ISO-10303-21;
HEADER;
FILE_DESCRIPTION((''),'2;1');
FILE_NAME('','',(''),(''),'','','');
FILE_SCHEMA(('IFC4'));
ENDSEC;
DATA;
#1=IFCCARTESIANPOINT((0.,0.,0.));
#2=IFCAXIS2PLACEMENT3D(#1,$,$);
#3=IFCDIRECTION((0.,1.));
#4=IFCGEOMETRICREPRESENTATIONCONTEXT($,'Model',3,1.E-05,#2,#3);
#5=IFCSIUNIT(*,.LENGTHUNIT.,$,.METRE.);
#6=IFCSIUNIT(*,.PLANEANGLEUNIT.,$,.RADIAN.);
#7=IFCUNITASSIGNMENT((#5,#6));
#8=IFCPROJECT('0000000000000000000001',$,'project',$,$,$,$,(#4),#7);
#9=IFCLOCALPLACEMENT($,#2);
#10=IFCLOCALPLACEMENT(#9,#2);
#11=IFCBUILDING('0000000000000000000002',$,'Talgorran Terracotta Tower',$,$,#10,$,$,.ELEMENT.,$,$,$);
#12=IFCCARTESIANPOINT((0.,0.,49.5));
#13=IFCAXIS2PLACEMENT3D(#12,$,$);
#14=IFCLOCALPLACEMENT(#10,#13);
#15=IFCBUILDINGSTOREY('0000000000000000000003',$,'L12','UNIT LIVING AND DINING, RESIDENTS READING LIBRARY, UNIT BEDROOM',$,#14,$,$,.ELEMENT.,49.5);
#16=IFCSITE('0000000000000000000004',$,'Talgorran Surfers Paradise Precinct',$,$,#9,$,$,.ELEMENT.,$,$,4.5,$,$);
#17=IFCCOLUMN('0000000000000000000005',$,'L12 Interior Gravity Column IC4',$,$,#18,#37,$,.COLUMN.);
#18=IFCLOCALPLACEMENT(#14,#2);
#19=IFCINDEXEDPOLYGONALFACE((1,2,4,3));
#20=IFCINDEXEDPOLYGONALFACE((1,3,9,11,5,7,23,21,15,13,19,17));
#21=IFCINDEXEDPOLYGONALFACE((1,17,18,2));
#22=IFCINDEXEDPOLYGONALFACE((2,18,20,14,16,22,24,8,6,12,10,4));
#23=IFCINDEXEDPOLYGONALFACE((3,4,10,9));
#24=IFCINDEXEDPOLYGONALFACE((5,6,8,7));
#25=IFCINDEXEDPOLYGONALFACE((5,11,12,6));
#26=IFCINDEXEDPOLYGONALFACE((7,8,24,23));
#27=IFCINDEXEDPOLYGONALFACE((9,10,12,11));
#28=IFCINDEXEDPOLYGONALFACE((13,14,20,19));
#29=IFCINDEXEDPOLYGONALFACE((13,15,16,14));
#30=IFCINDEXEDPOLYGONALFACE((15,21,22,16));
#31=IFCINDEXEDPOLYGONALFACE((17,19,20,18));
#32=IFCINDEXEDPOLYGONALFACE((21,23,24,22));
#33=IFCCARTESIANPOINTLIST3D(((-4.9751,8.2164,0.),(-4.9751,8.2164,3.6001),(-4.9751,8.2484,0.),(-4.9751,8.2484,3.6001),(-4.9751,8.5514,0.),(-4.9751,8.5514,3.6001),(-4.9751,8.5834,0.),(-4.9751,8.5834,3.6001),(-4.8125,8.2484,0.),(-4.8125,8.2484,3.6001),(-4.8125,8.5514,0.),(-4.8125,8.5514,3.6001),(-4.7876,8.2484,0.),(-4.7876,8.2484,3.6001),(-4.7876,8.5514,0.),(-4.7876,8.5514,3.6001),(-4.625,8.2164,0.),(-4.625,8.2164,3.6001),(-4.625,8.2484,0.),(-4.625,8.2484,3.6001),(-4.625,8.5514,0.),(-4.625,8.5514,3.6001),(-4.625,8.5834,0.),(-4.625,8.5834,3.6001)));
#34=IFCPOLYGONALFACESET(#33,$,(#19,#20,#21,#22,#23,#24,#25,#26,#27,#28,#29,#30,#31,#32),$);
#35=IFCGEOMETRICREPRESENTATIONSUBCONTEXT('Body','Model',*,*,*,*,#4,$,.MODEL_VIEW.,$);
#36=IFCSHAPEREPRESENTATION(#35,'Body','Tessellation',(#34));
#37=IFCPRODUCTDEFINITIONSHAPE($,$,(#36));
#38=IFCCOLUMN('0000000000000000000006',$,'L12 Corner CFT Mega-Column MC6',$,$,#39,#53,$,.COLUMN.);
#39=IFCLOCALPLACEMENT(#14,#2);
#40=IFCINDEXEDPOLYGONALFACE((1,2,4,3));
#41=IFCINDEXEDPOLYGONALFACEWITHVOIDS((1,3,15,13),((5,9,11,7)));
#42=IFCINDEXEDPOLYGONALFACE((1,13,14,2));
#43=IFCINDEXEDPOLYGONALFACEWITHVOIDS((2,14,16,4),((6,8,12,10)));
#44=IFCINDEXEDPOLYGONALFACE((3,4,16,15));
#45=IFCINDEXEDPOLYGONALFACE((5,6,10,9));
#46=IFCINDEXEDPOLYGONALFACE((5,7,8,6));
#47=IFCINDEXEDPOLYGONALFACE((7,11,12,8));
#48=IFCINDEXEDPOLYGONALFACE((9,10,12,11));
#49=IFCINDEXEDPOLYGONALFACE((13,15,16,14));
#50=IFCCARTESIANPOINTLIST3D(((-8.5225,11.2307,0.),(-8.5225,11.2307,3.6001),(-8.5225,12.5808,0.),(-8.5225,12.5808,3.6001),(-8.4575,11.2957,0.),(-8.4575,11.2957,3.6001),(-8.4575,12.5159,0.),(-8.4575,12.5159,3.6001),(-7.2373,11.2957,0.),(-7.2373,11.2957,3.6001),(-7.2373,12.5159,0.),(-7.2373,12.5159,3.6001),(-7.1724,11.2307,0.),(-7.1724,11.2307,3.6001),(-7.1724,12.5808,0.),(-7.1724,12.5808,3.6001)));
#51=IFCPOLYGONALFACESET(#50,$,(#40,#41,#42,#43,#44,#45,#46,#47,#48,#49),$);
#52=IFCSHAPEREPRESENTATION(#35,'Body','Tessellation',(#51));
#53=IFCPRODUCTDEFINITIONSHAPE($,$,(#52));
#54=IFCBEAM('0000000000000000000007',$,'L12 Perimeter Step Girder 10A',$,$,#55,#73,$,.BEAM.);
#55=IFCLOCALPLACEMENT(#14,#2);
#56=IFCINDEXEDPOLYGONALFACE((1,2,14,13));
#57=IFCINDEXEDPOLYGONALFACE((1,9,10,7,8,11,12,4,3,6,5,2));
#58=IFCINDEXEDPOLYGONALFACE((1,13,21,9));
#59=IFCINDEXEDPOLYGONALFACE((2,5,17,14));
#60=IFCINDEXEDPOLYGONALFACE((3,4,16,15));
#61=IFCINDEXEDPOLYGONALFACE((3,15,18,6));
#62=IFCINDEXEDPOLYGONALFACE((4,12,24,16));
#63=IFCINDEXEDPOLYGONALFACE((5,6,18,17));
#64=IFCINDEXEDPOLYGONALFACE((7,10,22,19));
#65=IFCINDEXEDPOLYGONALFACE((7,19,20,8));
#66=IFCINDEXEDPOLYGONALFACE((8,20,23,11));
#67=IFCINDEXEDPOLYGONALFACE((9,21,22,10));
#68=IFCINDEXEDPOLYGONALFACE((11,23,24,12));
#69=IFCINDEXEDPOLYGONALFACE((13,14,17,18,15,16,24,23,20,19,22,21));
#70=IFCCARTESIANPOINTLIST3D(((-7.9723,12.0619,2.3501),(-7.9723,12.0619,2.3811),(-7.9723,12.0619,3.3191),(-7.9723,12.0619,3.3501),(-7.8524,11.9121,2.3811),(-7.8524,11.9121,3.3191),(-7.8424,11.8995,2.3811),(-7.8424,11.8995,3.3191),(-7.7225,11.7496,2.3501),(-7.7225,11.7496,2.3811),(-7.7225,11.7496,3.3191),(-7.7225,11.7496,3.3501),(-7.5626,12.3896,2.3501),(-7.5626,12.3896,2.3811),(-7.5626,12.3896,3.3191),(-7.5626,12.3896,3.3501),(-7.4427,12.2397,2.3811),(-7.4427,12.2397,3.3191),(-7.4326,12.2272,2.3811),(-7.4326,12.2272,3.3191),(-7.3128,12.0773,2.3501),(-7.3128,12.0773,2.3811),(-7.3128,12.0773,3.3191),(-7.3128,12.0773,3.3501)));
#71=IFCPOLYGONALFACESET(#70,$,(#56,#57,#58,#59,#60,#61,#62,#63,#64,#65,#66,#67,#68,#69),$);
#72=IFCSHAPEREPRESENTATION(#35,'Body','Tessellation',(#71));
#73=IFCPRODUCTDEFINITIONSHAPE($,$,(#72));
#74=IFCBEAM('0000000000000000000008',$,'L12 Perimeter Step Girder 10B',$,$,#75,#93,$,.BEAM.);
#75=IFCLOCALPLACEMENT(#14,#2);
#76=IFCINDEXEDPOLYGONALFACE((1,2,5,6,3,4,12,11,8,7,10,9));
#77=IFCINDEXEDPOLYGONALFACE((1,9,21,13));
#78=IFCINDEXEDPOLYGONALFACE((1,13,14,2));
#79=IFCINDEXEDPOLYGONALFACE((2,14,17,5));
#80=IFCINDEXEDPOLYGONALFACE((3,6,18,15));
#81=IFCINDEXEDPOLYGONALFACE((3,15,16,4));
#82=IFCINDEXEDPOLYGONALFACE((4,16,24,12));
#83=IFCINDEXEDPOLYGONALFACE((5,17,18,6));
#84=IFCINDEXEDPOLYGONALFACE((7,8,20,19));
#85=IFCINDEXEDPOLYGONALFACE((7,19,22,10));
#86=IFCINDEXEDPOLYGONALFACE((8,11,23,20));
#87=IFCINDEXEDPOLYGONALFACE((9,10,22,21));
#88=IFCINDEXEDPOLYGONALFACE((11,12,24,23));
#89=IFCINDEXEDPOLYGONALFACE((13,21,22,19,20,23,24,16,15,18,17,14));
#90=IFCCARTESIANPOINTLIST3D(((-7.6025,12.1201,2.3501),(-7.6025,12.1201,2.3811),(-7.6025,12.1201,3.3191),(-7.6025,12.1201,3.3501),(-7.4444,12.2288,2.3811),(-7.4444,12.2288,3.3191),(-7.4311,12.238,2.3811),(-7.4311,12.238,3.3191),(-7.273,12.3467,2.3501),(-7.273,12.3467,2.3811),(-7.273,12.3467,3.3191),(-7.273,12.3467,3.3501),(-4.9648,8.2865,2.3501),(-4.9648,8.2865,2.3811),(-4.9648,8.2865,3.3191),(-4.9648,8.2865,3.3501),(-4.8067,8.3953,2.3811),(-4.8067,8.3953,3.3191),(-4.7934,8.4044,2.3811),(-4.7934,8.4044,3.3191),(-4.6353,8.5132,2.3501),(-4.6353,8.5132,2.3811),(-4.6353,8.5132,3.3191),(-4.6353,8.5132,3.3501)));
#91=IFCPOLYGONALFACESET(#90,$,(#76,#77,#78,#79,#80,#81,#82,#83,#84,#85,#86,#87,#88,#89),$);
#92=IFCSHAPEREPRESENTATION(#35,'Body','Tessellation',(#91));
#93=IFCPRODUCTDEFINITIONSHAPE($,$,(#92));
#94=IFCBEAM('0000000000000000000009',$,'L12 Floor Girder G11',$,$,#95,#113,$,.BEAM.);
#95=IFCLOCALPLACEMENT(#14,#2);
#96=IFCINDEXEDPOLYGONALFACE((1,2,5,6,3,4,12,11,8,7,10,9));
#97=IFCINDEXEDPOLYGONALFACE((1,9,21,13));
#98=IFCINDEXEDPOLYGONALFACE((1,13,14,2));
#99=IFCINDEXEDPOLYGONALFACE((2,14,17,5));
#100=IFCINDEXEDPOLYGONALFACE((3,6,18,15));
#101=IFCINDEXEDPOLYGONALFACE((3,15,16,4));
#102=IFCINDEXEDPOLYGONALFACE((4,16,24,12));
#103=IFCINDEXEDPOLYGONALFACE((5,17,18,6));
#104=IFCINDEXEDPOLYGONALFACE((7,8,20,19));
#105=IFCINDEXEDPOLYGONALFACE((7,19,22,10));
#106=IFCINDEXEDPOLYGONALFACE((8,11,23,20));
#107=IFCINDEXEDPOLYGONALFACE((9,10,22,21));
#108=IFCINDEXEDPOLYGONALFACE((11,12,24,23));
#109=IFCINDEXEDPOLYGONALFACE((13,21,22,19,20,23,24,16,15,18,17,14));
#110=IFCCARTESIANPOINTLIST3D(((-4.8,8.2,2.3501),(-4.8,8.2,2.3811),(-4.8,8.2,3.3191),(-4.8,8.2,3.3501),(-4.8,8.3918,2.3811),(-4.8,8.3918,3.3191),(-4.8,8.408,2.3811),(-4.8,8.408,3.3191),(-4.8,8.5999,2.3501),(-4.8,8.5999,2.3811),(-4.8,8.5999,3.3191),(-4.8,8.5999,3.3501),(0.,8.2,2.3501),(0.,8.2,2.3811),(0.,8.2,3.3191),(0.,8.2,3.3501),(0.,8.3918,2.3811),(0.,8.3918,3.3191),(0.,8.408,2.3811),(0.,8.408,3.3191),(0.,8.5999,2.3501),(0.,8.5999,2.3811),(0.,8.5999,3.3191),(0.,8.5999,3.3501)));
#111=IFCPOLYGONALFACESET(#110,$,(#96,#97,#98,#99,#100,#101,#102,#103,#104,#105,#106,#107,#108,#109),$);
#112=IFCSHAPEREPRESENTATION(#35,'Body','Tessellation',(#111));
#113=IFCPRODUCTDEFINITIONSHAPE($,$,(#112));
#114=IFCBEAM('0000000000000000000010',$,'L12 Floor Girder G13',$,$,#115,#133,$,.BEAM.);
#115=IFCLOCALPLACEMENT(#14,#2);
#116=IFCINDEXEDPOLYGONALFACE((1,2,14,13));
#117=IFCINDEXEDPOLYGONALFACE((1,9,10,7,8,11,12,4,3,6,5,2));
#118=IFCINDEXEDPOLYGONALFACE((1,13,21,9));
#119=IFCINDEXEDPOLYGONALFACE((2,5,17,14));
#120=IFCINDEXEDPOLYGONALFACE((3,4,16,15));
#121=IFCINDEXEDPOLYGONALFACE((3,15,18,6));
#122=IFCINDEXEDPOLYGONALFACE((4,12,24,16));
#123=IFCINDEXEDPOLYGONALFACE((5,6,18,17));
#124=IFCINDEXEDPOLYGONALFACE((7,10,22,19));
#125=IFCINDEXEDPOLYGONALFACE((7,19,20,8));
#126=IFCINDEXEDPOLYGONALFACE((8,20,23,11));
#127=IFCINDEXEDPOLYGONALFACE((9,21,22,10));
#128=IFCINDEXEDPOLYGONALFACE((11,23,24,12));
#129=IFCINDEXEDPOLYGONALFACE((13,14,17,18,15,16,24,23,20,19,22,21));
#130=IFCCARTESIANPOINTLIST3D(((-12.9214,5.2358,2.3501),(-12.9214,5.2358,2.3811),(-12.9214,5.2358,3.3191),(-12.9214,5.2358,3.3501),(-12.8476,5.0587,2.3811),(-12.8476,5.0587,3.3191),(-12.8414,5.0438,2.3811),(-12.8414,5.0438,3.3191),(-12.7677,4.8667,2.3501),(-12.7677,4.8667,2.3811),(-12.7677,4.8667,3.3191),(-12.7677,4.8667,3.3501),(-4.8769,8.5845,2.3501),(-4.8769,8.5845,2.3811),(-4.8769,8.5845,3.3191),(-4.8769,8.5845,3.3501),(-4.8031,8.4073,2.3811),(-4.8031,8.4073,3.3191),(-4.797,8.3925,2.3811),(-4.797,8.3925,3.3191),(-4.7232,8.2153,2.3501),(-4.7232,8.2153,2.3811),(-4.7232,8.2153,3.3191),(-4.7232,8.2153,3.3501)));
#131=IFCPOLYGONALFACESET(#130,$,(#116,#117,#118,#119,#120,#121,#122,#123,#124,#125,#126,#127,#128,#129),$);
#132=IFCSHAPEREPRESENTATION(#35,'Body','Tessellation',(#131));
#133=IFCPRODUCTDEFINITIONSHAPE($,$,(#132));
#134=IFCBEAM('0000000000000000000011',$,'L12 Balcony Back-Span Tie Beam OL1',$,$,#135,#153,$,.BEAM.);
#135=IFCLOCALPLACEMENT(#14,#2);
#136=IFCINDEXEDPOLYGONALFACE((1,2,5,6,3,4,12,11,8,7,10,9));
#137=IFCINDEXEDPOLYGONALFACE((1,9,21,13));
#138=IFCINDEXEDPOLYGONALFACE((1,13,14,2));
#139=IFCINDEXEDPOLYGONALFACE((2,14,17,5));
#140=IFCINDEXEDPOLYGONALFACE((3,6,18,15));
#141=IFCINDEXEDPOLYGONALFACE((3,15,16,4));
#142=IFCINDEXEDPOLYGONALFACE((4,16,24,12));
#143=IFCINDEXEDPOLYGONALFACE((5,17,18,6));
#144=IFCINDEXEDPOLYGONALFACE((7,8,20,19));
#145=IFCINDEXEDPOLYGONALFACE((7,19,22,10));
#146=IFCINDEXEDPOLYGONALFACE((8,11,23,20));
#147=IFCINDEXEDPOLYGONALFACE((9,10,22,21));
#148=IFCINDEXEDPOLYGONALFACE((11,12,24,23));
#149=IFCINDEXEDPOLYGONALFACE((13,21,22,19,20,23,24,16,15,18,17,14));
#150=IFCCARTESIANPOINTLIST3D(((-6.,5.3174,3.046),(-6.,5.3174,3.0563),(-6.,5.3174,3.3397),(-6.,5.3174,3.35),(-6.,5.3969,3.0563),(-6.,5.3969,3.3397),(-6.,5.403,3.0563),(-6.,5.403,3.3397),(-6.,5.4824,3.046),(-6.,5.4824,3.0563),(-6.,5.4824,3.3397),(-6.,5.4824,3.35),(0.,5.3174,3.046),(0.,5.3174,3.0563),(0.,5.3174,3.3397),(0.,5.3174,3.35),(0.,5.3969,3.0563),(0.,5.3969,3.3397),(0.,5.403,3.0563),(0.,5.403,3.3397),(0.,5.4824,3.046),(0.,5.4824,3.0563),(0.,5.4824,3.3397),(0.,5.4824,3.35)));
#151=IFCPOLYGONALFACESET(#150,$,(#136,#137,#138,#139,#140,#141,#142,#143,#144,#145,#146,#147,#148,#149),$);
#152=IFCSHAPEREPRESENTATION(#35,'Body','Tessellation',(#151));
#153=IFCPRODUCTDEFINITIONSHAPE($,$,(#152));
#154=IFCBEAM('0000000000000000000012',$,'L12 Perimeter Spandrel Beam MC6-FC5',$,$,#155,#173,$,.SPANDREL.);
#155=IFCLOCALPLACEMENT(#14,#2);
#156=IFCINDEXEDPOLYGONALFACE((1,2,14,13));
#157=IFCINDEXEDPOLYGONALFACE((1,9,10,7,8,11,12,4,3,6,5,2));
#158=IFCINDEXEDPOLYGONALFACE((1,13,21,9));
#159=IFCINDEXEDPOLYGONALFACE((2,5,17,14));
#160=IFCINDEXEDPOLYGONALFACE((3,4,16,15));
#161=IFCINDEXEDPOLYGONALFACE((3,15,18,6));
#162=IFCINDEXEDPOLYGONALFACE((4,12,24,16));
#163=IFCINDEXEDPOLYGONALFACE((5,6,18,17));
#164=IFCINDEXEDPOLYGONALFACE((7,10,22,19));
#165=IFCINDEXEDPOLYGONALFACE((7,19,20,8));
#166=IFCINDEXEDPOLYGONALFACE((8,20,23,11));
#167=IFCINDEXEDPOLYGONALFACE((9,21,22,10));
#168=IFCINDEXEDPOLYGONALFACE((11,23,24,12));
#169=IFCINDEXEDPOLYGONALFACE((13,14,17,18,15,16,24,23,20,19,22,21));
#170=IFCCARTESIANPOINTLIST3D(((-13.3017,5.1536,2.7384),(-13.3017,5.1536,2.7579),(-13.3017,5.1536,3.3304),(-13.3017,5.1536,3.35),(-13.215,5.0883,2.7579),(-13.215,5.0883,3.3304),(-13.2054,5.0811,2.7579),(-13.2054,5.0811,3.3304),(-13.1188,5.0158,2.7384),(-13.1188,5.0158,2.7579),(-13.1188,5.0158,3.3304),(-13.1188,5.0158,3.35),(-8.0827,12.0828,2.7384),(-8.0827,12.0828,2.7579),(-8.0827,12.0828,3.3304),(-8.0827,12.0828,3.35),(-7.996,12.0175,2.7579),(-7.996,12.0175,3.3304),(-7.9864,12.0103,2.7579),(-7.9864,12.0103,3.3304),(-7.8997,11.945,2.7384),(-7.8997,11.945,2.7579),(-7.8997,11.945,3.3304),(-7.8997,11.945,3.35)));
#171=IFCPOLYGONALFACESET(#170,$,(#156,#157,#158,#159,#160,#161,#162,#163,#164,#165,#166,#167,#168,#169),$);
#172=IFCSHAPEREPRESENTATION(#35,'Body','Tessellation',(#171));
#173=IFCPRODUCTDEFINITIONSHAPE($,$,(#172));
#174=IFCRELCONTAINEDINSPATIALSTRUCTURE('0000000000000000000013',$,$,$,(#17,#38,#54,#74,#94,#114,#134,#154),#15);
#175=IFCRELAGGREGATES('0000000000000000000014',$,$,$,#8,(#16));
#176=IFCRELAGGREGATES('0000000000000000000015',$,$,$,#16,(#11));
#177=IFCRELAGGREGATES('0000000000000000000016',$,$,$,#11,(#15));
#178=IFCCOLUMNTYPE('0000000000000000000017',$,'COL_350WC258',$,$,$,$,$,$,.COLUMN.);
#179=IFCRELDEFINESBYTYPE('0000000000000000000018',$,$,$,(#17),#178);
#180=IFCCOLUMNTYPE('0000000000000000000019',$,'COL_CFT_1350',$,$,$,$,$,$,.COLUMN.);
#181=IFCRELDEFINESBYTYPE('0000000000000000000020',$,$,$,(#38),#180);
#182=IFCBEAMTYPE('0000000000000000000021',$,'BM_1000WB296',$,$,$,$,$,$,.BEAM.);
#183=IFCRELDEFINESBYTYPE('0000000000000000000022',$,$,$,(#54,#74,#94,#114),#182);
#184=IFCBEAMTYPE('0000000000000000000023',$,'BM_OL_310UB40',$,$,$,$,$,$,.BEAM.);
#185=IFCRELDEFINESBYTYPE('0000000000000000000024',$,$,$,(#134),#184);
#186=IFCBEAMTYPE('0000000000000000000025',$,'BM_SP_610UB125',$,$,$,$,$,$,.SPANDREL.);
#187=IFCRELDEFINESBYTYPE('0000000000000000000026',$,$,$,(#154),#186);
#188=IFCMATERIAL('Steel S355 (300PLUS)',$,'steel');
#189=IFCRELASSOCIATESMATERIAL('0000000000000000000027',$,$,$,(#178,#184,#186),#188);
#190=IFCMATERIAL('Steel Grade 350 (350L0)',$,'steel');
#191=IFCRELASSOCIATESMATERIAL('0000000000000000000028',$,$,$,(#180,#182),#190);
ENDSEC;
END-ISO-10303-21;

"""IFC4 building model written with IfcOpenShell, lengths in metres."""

from ifc_helpers import new_model, si_unit, direction, frame, origin, origin_2d, place, context, subcontext, project, spatial, hollow_rectangle, i_section, extrude, material, material_profile, profile_set, type_object, element, save


model = new_model("IFC4")

# Units and contexts
model_context = context("Model", 3, precision=1e-05, world=origin(), true_north=direction((0.0, 1.0)))
body_context = subcontext(model_context, "Body", "Model", "MODEL_VIEW")
ifc_project = project(units=[si_unit("LENGTHUNIT", "METRE"), si_unit("PLANEANGLEUNIT", "RADIAN")], contexts=[model_context])

# Site, building, storey
site_placement = place(None, origin())
site = spatial("IfcSite", under=ifc_project, at=site_placement, Name="Talgorran Surfers Paradise Precinct", CompositionType="ELEMENT", RefElevation=4.5)
building_placement = place(site_placement, origin())
building = spatial("IfcBuilding", under=site, at=building_placement, Name="Talgorran Terracotta Tower", CompositionType="ELEMENT")
storey_placement = place(building_placement, frame((0.0, 0.0, 49.5)))
storey = spatial("IfcBuildingStorey", under=building, at=storey_placement, Name="L12", Description="UNIT LIVING AND DINING, RESIDENTS READING LIBRARY, UNIT BEDROOM", CompositionType="ELEMENT", Elevation=49.5)

# Columns
ifc_material_1 = material(Name="Steel S355 (300PLUS)", Category="steel")
ifc_material_profile_1 = material_profile(ifc_material_1, i_section(OverallWidth=0.3501, OverallDepth=0.3669, WebThickness=0.0249, FlangeThickness=0.032, at=origin_2d()), Name="350WC258")
ifc_profile_set_1 = profile_set([ifc_material_profile_1], Name="Steel S355 (300PLUS)")
column_type_1 = type_object("IfcColumnType", Name="COL_350WC258", PredefinedType="COLUMN", material=ifc_profile_set_1)
column_1_placement = place(storey_placement, frame((-4.8, 8.3999, 0.0), z_axis=(0.0, 0.0, 1.0), x_axis=(1.0, 0.0, 0.0)))
element("IfcColumn", 1, at=column_1_placement, inside=storey, type_object=column_type_1, Name="L12 Interior Gravity Column IC4", PredefinedType="COLUMN", context=body_context, shape_type="SweptSolid", body=[
    extrude(i_section(OverallWidth=0.3501, OverallDepth=0.3669, WebThickness=0.0249, FlangeThickness=0.032, at=origin_2d()), origin(), (0.0, 0.0, 1.0), 3.6001),
])
ifc_material_2 = material(Name="Steel Grade 350 (350L0)", Category="steel")
ifc_material_profile_2 = material_profile(ifc_material_2, hollow_rectangle(XDim=1.3501, YDim=1.3501, WallThickness=0.0649, at=origin_2d()), Name="CFT1350X1350X65")
ifc_profile_set_2 = profile_set([ifc_material_profile_2], Name="Steel Grade 350 (350L0)")
column_type_2 = type_object("IfcColumnType", Name="COL_CFT_1350", PredefinedType="COLUMN", material=ifc_profile_set_2)
column_2_placement = place(storey_placement, frame((-7.8474, 11.9058, 0.0), z_axis=(0.0, 0.0, 1.0), x_axis=(1.0, 0.0, 0.0)))
element("IfcColumn", 2, at=column_2_placement, inside=storey, type_object=column_type_2, Name="L12 Corner CFT Mega-Column MC6", PredefinedType="COLUMN", context=body_context, shape_type="SweptSolid", body=[
    extrude(hollow_rectangle(XDim=1.3501, YDim=1.3501, WallThickness=0.0649, at=origin_2d()), origin(), (0.0, 0.0, 1.0), 3.6001),
])

# Beams
ifc_material_profile_3 = material_profile(ifc_material_2, i_section(OverallWidth=0.3999, OverallDepth=1.0, WebThickness=0.0161, FlangeThickness=0.031, at=origin_2d()), Name="1000WB296")
ifc_profile_set_3 = profile_set([ifc_material_profile_3], Name="Steel Grade 350 (350L0)")
beam_type_1 = type_object("IfcBeamType", Name="BM_1000WB296", PredefinedType="BEAM", material=ifc_profile_set_3)
beam_1_placement = place(storey_placement, frame((-7.8474, 11.9058, 2.8501), z_axis=(0.78096, 0.624582, 0.0), x_axis=(-0.624582, 0.78096, 0.0)))
element("IfcBeam", 3, at=beam_1_placement, inside=storey, type_object=beam_type_1, Name="L12 Perimeter Step Girder 10A", PredefinedType="BEAM", context=body_context, shape_type="SweptSolid", body=[
    extrude(i_section(OverallWidth=0.3999, OverallDepth=1.0, WebThickness=0.0161, FlangeThickness=0.031, at=origin_2d()), origin(), (0.0, 0.0, 1.0), 0.5247),
])
beam_2_placement = place(storey_placement, frame((-7.4377, 12.2334, 2.8501), z_axis=(0.566845, -0.823824, 0.0), x_axis=(0.823824, 0.566845, 0.0)))
element("IfcBeam", 4, at=beam_2_placement, inside=storey, type_object=beam_type_1, Name="L12 Perimeter Step Girder 10B", PredefinedType="BEAM", context=body_context, shape_type="SweptSolid", body=[
    extrude(i_section(OverallWidth=0.3999, OverallDepth=1.0, WebThickness=0.0161, FlangeThickness=0.031, at=origin_2d()), origin(), (0.0, 0.0, 1.0), 4.6533),
])
beam_3_placement = place(storey_placement, frame((-4.8, 8.3999, 2.8501), z_axis=(1.0, 0.0, 0.0), x_axis=(0.0, 1.0, 0.0)))
element("IfcBeam", 5, at=beam_3_placement, inside=storey, type_object=beam_type_1, Name="L12 Floor Girder G11", PredefinedType="BEAM", context=body_context, shape_type="SweptSolid", body=[
    extrude(i_section(OverallWidth=0.3999, OverallDepth=1.0, WebThickness=0.0161, FlangeThickness=0.031, at=origin_2d()), origin(), (0.0, 0.0, 1.0), 4.8),
])
beam_4_placement = place(storey_placement, frame((-4.8, 8.3999, 2.8501), z_axis=(-0.923208, -0.384301, 0.0), x_axis=(0.384301, -0.923208, 0.0)))
element("IfcBeam", 6, at=beam_4_placement, inside=storey, type_object=beam_type_1, Name="L12 Floor Girder G13", PredefinedType="BEAM", context=body_context, shape_type="SweptSolid", body=[
    extrude(i_section(OverallWidth=0.3999, OverallDepth=1.0, WebThickness=0.0161, FlangeThickness=0.031, at=origin_2d()), origin(), (0.0, 0.0, 1.0), 8.7136),
])
ifc_material_profile_4 = material_profile(ifc_material_1, i_section(OverallWidth=0.165, OverallDepth=0.304, WebThickness=0.0061, FlangeThickness=0.0103, at=origin_2d()), Name="310UB40.4")
ifc_profile_set_4 = profile_set([ifc_material_profile_4], Name="Steel S355 (300PLUS)")
beam_type_2 = type_object("IfcBeamType", Name="BM_OL_310UB40", PredefinedType="BEAM", material=ifc_profile_set_4)
beam_5_placement = place(storey_placement, frame((-6.0, 5.3999, 3.198), z_axis=(1.0, 0.0, 0.0), x_axis=(0.0, 1.0, 0.0)))
element("IfcBeam", 7, at=beam_5_placement, inside=storey, type_object=beam_type_2, Name="L12 Balcony Back-Span Tie Beam OL1", PredefinedType="BEAM", context=body_context, shape_type="SweptSolid", body=[
    extrude(i_section(OverallWidth=0.165, OverallDepth=0.304, WebThickness=0.0061, FlangeThickness=0.0103, at=origin_2d()), origin(), (0.0, 0.0, 1.0), 6.0),
])
ifc_material_profile_5 = material_profile(ifc_material_1, i_section(OverallWidth=0.229, OverallDepth=0.6116, WebThickness=0.012, FlangeThickness=0.0195, at=origin_2d()), Name="610UB125")
ifc_profile_set_5 = profile_set([ifc_material_profile_5], Name="Steel S355 (300PLUS)")
beam_type_3 = type_object("IfcBeamType", Name="BM_SP_610UB125", PredefinedType="SPANDREL", material=ifc_profile_set_5)
beam_6_placement = place(storey_placement, frame((-7.9912, 12.0139, 3.0442), z_axis=(-0.601629, -0.798776, 0.0), x_axis=(0.798776, -0.601629, 0.0)))
element("IfcBeam", 8, at=beam_6_placement, inside=storey, type_object=beam_type_3, Name="L12 Perimeter Spandrel Beam MC6-FC5", PredefinedType="SPANDREL", context=body_context, shape_type="SweptSolid", body=[
    extrude(i_section(OverallWidth=0.229, OverallDepth=0.6116, WebThickness=0.012, FlangeThickness=0.0195, at=origin_2d()), origin(), (0.0, 0.0, 1.0), 8.6748),
])

save(model, "model.ifc")
